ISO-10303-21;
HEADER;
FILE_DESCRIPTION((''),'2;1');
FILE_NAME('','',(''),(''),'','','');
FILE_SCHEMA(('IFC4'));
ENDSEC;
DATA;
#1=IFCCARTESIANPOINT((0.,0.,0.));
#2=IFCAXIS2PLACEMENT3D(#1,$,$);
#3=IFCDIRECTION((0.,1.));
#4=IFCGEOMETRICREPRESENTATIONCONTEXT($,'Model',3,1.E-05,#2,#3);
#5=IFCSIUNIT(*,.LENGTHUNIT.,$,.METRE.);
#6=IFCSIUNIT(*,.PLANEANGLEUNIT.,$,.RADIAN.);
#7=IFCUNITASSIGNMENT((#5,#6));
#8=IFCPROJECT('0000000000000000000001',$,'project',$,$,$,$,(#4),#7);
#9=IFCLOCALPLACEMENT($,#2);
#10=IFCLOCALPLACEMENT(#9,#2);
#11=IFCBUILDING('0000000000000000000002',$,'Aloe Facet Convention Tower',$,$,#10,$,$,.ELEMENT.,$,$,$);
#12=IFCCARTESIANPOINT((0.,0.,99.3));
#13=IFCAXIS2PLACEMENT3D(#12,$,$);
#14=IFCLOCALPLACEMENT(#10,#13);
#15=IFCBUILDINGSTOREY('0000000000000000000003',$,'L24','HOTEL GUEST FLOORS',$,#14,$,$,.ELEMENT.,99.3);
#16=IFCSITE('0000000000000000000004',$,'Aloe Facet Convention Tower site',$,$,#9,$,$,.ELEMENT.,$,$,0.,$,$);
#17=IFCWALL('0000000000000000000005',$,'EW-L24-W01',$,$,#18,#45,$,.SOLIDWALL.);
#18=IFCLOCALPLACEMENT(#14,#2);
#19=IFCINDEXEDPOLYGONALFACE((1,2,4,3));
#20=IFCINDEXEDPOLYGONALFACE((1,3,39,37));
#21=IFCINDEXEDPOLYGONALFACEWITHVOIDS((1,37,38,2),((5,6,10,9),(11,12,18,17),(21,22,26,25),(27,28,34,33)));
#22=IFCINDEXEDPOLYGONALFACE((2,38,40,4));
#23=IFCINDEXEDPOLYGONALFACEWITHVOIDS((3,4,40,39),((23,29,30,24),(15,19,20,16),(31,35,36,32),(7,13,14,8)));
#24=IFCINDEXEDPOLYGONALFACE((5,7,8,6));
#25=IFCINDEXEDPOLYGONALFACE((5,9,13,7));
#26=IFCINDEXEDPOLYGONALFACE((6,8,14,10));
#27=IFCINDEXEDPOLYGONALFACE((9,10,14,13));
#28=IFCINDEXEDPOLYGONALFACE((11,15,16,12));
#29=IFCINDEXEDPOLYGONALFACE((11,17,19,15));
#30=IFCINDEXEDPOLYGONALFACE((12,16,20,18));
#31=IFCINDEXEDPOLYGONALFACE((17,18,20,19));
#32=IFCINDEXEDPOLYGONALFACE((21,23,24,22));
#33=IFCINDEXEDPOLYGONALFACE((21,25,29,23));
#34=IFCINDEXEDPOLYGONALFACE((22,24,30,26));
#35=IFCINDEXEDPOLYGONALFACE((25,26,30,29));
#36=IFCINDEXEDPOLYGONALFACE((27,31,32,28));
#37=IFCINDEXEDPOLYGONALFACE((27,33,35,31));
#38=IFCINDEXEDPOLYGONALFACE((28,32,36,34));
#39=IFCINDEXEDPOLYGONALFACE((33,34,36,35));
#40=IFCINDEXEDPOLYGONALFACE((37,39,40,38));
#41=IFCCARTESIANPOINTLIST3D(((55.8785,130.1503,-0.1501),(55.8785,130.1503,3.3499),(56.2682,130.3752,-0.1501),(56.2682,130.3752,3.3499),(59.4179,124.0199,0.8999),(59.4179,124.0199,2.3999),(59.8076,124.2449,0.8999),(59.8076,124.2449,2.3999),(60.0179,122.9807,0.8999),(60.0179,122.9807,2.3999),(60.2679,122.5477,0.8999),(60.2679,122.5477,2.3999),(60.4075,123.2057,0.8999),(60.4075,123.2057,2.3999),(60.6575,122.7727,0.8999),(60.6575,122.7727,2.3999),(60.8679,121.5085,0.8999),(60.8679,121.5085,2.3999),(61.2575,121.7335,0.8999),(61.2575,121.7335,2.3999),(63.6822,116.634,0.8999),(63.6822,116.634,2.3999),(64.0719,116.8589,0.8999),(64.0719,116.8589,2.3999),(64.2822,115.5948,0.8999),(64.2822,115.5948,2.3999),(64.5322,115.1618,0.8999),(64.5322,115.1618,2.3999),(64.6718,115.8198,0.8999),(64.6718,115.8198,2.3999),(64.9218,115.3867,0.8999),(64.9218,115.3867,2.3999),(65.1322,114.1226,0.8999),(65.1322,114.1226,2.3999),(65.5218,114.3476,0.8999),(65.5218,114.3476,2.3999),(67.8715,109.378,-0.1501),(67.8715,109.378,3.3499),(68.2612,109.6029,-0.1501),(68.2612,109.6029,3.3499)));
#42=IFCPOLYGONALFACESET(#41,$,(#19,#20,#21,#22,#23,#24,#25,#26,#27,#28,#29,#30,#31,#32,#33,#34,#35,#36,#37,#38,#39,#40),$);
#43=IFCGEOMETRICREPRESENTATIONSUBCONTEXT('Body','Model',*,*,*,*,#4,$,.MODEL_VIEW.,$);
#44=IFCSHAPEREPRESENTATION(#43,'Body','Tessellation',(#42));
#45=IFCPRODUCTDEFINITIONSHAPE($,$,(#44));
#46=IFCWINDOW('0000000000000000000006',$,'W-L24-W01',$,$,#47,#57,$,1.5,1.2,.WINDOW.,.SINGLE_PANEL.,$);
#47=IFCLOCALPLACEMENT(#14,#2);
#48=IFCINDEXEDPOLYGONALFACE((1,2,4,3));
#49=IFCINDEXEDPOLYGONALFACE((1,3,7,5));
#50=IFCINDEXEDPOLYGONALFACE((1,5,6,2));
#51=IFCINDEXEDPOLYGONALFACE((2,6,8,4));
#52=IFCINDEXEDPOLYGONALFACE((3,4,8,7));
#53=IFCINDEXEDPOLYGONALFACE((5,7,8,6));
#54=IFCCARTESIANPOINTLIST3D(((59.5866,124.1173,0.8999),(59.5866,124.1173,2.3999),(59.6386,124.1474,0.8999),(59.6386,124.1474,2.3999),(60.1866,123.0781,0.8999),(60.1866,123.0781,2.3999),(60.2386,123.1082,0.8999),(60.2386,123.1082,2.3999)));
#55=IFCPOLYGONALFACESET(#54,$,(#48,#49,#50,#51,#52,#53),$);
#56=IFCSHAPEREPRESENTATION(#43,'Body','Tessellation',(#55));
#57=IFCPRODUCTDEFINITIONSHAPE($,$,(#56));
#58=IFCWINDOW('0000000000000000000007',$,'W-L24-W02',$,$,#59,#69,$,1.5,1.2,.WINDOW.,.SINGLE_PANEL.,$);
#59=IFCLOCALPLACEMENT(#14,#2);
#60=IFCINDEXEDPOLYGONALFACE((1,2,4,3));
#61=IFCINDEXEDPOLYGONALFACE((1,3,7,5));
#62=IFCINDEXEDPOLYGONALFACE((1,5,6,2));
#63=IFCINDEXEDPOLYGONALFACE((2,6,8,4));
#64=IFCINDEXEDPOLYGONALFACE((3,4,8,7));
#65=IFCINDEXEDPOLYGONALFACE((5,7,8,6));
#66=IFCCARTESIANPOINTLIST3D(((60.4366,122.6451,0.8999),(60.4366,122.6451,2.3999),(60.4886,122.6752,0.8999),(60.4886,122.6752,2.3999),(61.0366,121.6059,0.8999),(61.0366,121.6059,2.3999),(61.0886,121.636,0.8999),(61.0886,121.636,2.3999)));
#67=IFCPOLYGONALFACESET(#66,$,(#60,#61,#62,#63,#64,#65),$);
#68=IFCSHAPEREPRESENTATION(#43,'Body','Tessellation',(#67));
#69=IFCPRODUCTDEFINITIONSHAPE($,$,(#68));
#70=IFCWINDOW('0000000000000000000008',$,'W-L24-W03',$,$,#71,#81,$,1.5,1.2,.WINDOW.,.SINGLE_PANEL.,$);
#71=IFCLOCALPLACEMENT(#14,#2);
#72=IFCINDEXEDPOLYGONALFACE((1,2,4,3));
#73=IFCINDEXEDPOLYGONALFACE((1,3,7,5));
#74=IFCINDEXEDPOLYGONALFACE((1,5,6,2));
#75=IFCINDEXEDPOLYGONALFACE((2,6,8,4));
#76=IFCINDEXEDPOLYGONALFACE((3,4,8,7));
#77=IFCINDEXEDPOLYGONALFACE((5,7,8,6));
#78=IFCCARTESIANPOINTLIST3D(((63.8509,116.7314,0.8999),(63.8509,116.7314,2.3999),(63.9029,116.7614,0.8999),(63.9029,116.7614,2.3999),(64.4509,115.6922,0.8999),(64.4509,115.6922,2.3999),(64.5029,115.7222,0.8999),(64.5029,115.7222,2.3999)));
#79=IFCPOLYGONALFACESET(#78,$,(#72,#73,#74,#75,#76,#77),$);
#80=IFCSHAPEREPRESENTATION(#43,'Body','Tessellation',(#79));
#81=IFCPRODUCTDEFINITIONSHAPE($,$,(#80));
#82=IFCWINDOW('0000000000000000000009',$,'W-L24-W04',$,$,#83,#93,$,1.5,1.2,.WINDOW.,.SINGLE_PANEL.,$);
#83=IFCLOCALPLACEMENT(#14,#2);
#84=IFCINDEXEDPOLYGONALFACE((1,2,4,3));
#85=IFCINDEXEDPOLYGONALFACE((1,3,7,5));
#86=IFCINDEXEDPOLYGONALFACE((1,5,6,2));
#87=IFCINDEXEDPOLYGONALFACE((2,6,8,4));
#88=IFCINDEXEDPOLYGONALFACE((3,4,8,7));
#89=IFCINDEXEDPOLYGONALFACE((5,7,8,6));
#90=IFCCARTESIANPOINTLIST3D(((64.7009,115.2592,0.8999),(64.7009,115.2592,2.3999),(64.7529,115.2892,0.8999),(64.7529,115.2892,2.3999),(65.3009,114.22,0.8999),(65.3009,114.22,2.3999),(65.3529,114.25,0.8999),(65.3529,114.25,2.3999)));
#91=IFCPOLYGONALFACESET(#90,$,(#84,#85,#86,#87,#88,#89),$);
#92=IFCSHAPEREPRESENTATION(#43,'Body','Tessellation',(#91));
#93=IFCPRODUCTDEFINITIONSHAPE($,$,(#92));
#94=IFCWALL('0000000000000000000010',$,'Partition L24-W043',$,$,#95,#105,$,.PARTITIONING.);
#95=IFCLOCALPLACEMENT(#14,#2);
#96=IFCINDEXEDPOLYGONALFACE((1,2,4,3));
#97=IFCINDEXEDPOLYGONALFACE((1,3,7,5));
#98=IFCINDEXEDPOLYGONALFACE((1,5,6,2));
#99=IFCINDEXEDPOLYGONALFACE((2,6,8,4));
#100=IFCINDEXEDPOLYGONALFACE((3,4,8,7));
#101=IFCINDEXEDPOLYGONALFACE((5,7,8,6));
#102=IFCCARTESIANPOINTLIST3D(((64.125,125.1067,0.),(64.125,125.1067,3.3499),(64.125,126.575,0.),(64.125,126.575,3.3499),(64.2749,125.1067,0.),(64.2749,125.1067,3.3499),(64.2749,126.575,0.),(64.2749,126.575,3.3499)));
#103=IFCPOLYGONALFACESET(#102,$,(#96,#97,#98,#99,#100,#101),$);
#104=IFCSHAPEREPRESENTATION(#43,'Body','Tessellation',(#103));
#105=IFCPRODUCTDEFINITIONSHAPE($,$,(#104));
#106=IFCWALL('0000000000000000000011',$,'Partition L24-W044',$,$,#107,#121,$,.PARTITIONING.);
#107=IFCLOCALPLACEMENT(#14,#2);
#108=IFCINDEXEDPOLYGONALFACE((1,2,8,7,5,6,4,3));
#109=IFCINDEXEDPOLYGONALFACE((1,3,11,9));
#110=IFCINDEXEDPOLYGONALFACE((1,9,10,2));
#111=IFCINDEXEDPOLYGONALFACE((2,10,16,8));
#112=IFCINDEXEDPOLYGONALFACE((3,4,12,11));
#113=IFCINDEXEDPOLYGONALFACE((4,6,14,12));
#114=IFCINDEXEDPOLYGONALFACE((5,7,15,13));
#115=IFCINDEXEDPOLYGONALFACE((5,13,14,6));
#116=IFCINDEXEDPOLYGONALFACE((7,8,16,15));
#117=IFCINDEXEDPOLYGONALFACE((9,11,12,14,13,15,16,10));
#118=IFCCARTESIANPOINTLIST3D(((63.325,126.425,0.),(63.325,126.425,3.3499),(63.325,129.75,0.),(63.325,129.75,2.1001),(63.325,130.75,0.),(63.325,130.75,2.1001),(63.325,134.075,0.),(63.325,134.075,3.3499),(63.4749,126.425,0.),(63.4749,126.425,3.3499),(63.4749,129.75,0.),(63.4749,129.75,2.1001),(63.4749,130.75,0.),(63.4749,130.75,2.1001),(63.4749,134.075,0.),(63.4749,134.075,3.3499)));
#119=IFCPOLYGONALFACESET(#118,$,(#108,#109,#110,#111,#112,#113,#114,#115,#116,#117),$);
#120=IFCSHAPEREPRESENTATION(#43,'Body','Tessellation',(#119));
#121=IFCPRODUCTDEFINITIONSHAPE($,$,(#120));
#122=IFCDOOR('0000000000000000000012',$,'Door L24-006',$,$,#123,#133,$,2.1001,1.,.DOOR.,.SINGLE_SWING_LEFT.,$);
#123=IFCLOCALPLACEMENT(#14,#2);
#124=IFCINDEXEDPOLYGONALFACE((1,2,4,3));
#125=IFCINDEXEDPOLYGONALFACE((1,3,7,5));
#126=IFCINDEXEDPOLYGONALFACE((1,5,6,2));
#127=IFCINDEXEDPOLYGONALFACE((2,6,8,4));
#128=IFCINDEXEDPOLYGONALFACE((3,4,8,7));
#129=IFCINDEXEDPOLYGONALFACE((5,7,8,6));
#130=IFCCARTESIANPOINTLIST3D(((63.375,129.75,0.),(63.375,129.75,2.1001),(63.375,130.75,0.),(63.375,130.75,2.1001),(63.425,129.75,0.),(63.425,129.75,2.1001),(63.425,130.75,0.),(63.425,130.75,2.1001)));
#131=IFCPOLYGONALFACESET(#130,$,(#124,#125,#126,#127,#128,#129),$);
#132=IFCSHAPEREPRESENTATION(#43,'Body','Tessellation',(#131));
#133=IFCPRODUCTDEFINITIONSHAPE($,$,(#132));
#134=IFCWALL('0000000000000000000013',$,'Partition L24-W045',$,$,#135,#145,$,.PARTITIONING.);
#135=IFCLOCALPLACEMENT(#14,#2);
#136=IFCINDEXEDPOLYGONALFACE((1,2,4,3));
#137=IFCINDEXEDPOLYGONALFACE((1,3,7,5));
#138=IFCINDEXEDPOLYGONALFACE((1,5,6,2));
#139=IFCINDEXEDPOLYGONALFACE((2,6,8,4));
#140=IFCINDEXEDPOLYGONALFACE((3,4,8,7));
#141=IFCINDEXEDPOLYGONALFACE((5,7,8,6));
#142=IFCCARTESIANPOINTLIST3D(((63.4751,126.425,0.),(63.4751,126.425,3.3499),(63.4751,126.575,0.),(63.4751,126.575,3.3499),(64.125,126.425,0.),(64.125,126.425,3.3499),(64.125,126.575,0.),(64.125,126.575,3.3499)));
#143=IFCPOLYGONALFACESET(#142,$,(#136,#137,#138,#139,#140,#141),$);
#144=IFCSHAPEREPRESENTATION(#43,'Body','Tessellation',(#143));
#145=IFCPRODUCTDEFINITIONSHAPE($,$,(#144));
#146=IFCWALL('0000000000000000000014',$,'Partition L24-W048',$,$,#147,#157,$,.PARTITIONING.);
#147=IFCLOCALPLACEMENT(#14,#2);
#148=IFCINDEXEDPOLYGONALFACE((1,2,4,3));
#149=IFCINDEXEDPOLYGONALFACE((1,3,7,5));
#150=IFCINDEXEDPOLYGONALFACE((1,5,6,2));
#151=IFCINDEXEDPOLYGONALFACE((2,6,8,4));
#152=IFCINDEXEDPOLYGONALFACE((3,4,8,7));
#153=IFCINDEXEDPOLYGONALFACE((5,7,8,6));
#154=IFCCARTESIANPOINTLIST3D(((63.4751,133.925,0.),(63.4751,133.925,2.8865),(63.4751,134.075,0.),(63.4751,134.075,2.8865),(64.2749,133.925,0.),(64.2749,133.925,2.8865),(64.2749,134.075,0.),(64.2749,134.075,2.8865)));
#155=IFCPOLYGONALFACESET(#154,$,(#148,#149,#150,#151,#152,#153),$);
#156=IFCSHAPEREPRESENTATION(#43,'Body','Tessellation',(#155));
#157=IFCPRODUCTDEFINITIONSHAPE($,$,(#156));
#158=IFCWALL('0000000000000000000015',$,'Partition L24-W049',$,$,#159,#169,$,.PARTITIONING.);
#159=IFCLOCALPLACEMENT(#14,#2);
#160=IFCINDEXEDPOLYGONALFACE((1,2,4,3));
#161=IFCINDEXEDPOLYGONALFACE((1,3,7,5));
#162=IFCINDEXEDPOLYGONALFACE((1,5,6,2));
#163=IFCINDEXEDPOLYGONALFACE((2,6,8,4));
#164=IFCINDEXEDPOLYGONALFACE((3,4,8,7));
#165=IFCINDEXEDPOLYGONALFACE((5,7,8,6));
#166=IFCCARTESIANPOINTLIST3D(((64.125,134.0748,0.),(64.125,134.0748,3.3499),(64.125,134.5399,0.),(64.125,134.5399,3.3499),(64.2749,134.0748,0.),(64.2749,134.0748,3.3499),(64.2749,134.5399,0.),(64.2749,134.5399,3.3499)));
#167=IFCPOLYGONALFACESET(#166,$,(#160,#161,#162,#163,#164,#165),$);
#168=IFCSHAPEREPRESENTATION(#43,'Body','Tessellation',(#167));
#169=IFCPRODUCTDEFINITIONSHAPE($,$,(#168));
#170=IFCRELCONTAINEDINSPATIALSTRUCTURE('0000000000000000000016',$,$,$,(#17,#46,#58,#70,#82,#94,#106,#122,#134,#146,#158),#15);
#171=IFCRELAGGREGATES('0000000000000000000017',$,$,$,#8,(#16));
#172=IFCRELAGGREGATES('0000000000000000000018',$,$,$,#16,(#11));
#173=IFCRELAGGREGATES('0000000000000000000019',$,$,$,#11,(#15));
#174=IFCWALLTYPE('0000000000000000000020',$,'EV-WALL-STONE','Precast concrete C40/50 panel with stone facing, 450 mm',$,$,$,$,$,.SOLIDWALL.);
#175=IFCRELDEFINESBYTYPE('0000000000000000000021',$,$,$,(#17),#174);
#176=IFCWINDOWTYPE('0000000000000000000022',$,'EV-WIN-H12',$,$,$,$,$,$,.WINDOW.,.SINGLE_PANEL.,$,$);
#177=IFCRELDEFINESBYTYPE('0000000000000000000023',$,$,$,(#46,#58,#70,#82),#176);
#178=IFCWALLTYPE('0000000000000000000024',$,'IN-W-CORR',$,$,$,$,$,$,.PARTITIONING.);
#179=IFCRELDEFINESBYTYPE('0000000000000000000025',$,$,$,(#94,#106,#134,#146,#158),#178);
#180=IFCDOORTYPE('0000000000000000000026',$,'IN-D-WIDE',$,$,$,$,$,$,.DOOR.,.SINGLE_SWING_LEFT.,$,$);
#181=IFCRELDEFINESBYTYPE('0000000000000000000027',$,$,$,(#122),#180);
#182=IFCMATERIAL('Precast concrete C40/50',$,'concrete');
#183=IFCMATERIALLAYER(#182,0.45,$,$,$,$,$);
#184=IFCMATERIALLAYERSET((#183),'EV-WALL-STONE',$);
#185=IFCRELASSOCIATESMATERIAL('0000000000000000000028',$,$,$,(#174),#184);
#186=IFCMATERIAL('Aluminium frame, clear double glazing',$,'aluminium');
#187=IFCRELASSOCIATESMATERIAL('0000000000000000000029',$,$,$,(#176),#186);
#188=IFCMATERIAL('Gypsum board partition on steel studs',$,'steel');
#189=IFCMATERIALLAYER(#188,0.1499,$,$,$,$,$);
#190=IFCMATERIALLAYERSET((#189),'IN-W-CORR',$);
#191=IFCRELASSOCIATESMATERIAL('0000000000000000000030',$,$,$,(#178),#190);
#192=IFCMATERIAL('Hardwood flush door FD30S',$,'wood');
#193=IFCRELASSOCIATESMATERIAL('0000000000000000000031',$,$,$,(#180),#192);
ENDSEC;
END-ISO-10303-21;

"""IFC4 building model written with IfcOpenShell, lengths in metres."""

from ifc_helpers import new_model, si_unit, direction, frame, frame_2d, origin, place, context, subcontext, project, spatial, polyline, rectangle, outline, extrude, material, layer, layer_set, type_object, element, fill, save


model = new_model("IFC4")

# Units and contexts
model_context = context("Model", 3, precision=1e-05, world=origin(), true_north=direction((0.0, 1.0)))
body_context = subcontext(model_context, "Body", "Model", "MODEL_VIEW")
ifc_project = project(units=[si_unit("LENGTHUNIT", "METRE"), si_unit("PLANEANGLEUNIT", "RADIAN")], contexts=[model_context])

# Site, building, storey
site_placement = place(None, origin())
site = spatial("IfcSite", under=ifc_project, at=site_placement, Name="Aloe Facet Convention Tower site", CompositionType="ELEMENT", RefElevation=0.0)
building_placement = place(site_placement, origin())
building = spatial("IfcBuilding", under=site, at=building_placement, Name="Aloe Facet Convention Tower", CompositionType="ELEMENT")
storey_placement = place(building_placement, frame((0.0, 0.0, 99.3)))
storey = spatial("IfcBuildingStorey", under=building, at=storey_placement, Name="L24", Description="HOTEL GUEST FLOORS", CompositionType="ELEMENT", Elevation=99.3)

# Wall, openings, windows
ifc_material_1 = material(Name="Precast concrete C40/50", Category="concrete")
ifc_layer_1 = layer(ifc_material_1, 0.45)
ifc_layer_set_1 = layer_set([ifc_layer_1], Name="EV-WALL-STONE")
wall_type_1 = type_object("IfcWallType", Name="EV-WALL-STONE", Description="Precast concrete C40/50 panel with stone facing, 450 mm", PredefinedType="SOLIDWALL", material=ifc_layer_set_1)
wall_1_placement = place(storey_placement, frame((56.0732, 130.2627, -0.1501), z_axis=(0.0, 0.0, 1.0), x_axis=(0.500002, -0.866024, 0.0)))
wall_1 = element("IfcWall", 1, at=wall_1_placement, inside=storey, type_object=wall_type_1, Name="EW-L24-W01", PredefinedType="SOLIDWALL", context=body_context, shape_type="SweptSolid", body=[
    extrude(outline(polyline([(0.0, 0.0), (0.0, 3.5), (23.9858, 3.5), (23.9858, 0.0), (0.0, 0.0)])), frame((0.0, 0.2251, 0.0), z_axis=(0.0, -1.0, 0.0), x_axis=(1.0, 0.0, 0.0)), (0.0, 0.0, 1.0), 0.45),
])
opening_1_placement = place(wall_1_placement, frame((7.0786, 0.0, 1.05)))
opening_1 = element("IfcOpeningElement", 2, at=opening_1_placement, cuts=wall_1, PredefinedType="OPENING", context=body_context, shape_type="SweptSolid", body=[
    extrude(rectangle(XDim=1.2, YDim=1.5, at=frame_2d((0.6001, 0.75))), frame((0.0, 0.2349, 0.0), z_axis=(0.0, -1.0, 0.0), x_axis=(1.0, 0.0, 0.0)), (0.0, 0.0, 1.0), 0.47),
])
opening_2_placement = place(wall_1_placement, frame((8.7786, 0.0, 1.05)))
opening_2 = element("IfcOpeningElement", 3, at=opening_2_placement, cuts=wall_1, PredefinedType="OPENING", context=body_context, shape_type="SweptSolid", body=[
    extrude(rectangle(XDim=1.2, YDim=1.5, at=frame_2d((0.6001, 0.75))), frame((0.0, 0.2349, 0.0), z_axis=(0.0, -1.0, 0.0), x_axis=(1.0, 0.0, 0.0)), (0.0, 0.0, 1.0), 0.47),
])
opening_3_placement = place(wall_1_placement, frame((15.6072, 0.0, 1.05)))
opening_3 = element("IfcOpeningElement", 4, at=opening_3_placement, cuts=wall_1, PredefinedType="OPENING", context=body_context, shape_type="SweptSolid", body=[
    extrude(rectangle(XDim=1.2, YDim=1.5, at=frame_2d((0.6001, 0.75))), frame((0.0, 0.2349, 0.0), z_axis=(0.0, -1.0, 0.0), x_axis=(1.0, 0.0, 0.0)), (0.0, 0.0, 1.0), 0.47),
])
opening_4_placement = place(wall_1_placement, frame((17.3071, 0.0, 1.05)))
opening_4 = element("IfcOpeningElement", 5, at=opening_4_placement, cuts=wall_1, PredefinedType="OPENING", context=body_context, shape_type="SweptSolid", body=[
    extrude(rectangle(XDim=1.2, YDim=1.5, at=frame_2d((0.6001, 0.75))), frame((0.0, 0.2349, 0.0), z_axis=(0.0, -1.0, 0.0), x_axis=(1.0, 0.0, 0.0)), (0.0, 0.0, 1.0), 0.47),
])
ifc_material_2 = material(Name="Aluminium frame, clear double glazing", Category="aluminium")
window_type = type_object("IfcWindowType", Name="EV-WIN-H12", PartitioningType="SINGLE_PANEL", PredefinedType="WINDOW", material=ifc_material_2)
window_1_placement = place(opening_1_placement, origin())
window_1 = element("IfcWindow", 6, at=window_1_placement, inside=storey, type_object=window_type, Name="W-L24-W01", OverallHeight=1.5, OverallWidth=1.2, PartitioningType="SINGLE_PANEL", PredefinedType="WINDOW", context=body_context, shape_type="SweptSolid", body=[
    extrude(rectangle(XDim=1.2, YDim=1.5, at=frame_2d((0.6001, 0.75))), frame((0.0, 0.03, 0.0), z_axis=(0.0, -1.0, 0.0), x_axis=(1.0, 0.0, 0.0)), (0.0, 0.0, 1.0), 0.0601),
])
fill(opening_1, window_1)
window_2_placement = place(opening_2_placement, origin())
window_2 = element("IfcWindow", 7, at=window_2_placement, inside=storey, type_object=window_type, Name="W-L24-W02", OverallHeight=1.5, OverallWidth=1.2, PartitioningType="SINGLE_PANEL", PredefinedType="WINDOW", context=body_context, shape_type="SweptSolid", body=[
    extrude(rectangle(XDim=1.2, YDim=1.5, at=frame_2d((0.6001, 0.75))), frame((0.0, 0.03, 0.0), z_axis=(0.0, -1.0, 0.0), x_axis=(1.0, 0.0, 0.0)), (0.0, 0.0, 1.0), 0.0601),
])
fill(opening_2, window_2)
window_3_placement = place(opening_3_placement, origin())
window_3 = element("IfcWindow", 8, at=window_3_placement, inside=storey, type_object=window_type, Name="W-L24-W03", OverallHeight=1.5, OverallWidth=1.2, PartitioningType="SINGLE_PANEL", PredefinedType="WINDOW", context=body_context, shape_type="SweptSolid", body=[
    extrude(rectangle(XDim=1.2, YDim=1.5, at=frame_2d((0.6001, 0.75))), frame((0.0, 0.03, 0.0), z_axis=(0.0, -1.0, 0.0), x_axis=(1.0, 0.0, 0.0)), (0.0, 0.0, 1.0), 0.0601),
])
fill(opening_3, window_3)
window_4_placement = place(opening_4_placement, origin())
window_4 = element("IfcWindow", 9, at=window_4_placement, inside=storey, type_object=window_type, Name="W-L24-W04", OverallHeight=1.5, OverallWidth=1.2, PartitioningType="SINGLE_PANEL", PredefinedType="WINDOW", context=body_context, shape_type="SweptSolid", body=[
    extrude(rectangle(XDim=1.2, YDim=1.5, at=frame_2d((0.6001, 0.75))), frame((0.0, 0.03, 0.0), z_axis=(0.0, -1.0, 0.0), x_axis=(1.0, 0.0, 0.0)), (0.0, 0.0, 1.0), 0.0601),
])
fill(opening_4, window_4)

# Wall
ifc_material_3 = material(Name="Gypsum board partition on steel studs", Category="steel")
ifc_layer_2 = layer(ifc_material_3, 0.1499)
ifc_layer_set_2 = layer_set([ifc_layer_2], Name="IN-W-CORR")
wall_type_2 = type_object("IfcWallType", Name="IN-W-CORR", PredefinedType="PARTITIONING", material=ifc_layer_set_2)
wall_2_placement = place(storey_placement, frame((64.2, 125.1067, 0.0), z_axis=(0.0, 0.0, 1.0), x_axis=(0.0, 1.0, 0.0)))
element("IfcWall", 10, at=wall_2_placement, inside=storey, type_object=wall_type_2, Name="Partition L24-W043", PredefinedType="PARTITIONING", context=body_context, shape_type="SweptSolid", body=[
    extrude(rectangle(XDim=1.4683, YDim=0.1499, at=frame_2d((0.7341, 0.0))), origin(), (0.0, 0.0, 1.0), 3.3499),
])

# Wall, opening, door
wall_3_placement = place(storey_placement, frame((63.3999, 126.425, 0.0), z_axis=(0.0, 0.0, 1.0), x_axis=(0.0, 1.0, 0.0)))
wall_3 = element("IfcWall", 11, at=wall_3_placement, inside=storey, type_object=wall_type_2, Name="Partition L24-W044", PredefinedType="PARTITIONING", context=body_context, shape_type="SweptSolid", body=[
    extrude(rectangle(XDim=7.6499, YDim=0.1499, at=frame_2d((3.825, 0.0))), origin(), (0.0, 0.0, 1.0), 3.3499),
])
opening_5_placement = place(wall_3_placement, frame((3.325, 0.0, 0.0)))
opening_5 = element("IfcOpeningElement", 12, at=opening_5_placement, cuts=wall_3, PredefinedType="OPENING", context=body_context, shape_type="SweptSolid", body=[
    extrude(rectangle(XDim=1.0, YDim=2.1001, at=frame_2d((0.5, 1.05))), frame((0.0, 0.085, 0.0), z_axis=(0.0, -1.0, 0.0), x_axis=(1.0, 0.0, 0.0)), (0.0, 0.0, 1.0), 0.1699),
])
ifc_material_4 = material(Name="Hardwood flush door FD30S", Category="wood")
door_type_1 = type_object("IfcDoorType", Name="IN-D-WIDE", OperationType="SINGLE_SWING_LEFT", PredefinedType="DOOR", material=ifc_material_4)
door_1_placement = place(opening_5_placement, origin())
door_1 = element("IfcDoor", 13, at=door_1_placement, inside=storey, type_object=door_type_1, Name="Door L24-006", OperationType="SINGLE_SWING_LEFT", OverallHeight=2.1001, OverallWidth=1.0, PredefinedType="DOOR", context=body_context, shape_type="SweptSolid", body=[
    extrude(rectangle(XDim=1.0, YDim=2.1001, at=frame_2d((0.5, 1.05))), frame((0.0, 0.0249, 0.0), z_axis=(0.0, -1.0, 0.0), x_axis=(1.0, 0.0, 0.0)), (0.0, 0.0, 1.0), 0.05),
])
fill(opening_5, door_1)

# Walls
wall_4_placement = place(storey_placement, frame((63.4751, 126.5, 0.0), z_axis=(0.0, 0.0, 1.0), x_axis=(1.0, 0.0, 0.0)))
element("IfcWall", 14, at=wall_4_placement, inside=storey, type_object=wall_type_2, Name="Partition L24-W045", PredefinedType="PARTITIONING", context=body_context, shape_type="SweptSolid", body=[
    extrude(rectangle(XDim=0.6499, YDim=0.1499, at=frame_2d((0.325, 0.0))), origin(), (0.0, 0.0, 1.0), 3.3499),
])
wall_5_placement = place(storey_placement, frame((63.4751, 134.0, 0.0), z_axis=(0.0, 0.0, 1.0), x_axis=(1.0, 0.0, 0.0)))
element("IfcWall", 15, at=wall_5_placement, inside=storey, type_object=wall_type_2, Name="Partition L24-W048", PredefinedType="PARTITIONING", context=body_context, shape_type="SweptSolid", body=[
    extrude(rectangle(XDim=0.7998, YDim=0.1499, at=frame_2d((0.3999, 0.0))), origin(), (0.0, 0.0, 1.0), 2.8865),
])
wall_6_placement = place(storey_placement, frame((64.2, 134.075, 0.0), z_axis=(0.0, 0.0, 1.0), x_axis=(0.0, 1.0, 0.0)))
element("IfcWall", 16, at=wall_6_placement, inside=storey, type_object=wall_type_2, Name="Partition L24-W049", PredefinedType="PARTITIONING", context=body_context, shape_type="SweptSolid", body=[
    extrude(rectangle(XDim=0.4651, YDim=0.1499, at=frame_2d((0.2324, 0.0))), origin(), (0.0, 0.0, 1.0), 3.3499),
])

save(model, "model.ifc")
